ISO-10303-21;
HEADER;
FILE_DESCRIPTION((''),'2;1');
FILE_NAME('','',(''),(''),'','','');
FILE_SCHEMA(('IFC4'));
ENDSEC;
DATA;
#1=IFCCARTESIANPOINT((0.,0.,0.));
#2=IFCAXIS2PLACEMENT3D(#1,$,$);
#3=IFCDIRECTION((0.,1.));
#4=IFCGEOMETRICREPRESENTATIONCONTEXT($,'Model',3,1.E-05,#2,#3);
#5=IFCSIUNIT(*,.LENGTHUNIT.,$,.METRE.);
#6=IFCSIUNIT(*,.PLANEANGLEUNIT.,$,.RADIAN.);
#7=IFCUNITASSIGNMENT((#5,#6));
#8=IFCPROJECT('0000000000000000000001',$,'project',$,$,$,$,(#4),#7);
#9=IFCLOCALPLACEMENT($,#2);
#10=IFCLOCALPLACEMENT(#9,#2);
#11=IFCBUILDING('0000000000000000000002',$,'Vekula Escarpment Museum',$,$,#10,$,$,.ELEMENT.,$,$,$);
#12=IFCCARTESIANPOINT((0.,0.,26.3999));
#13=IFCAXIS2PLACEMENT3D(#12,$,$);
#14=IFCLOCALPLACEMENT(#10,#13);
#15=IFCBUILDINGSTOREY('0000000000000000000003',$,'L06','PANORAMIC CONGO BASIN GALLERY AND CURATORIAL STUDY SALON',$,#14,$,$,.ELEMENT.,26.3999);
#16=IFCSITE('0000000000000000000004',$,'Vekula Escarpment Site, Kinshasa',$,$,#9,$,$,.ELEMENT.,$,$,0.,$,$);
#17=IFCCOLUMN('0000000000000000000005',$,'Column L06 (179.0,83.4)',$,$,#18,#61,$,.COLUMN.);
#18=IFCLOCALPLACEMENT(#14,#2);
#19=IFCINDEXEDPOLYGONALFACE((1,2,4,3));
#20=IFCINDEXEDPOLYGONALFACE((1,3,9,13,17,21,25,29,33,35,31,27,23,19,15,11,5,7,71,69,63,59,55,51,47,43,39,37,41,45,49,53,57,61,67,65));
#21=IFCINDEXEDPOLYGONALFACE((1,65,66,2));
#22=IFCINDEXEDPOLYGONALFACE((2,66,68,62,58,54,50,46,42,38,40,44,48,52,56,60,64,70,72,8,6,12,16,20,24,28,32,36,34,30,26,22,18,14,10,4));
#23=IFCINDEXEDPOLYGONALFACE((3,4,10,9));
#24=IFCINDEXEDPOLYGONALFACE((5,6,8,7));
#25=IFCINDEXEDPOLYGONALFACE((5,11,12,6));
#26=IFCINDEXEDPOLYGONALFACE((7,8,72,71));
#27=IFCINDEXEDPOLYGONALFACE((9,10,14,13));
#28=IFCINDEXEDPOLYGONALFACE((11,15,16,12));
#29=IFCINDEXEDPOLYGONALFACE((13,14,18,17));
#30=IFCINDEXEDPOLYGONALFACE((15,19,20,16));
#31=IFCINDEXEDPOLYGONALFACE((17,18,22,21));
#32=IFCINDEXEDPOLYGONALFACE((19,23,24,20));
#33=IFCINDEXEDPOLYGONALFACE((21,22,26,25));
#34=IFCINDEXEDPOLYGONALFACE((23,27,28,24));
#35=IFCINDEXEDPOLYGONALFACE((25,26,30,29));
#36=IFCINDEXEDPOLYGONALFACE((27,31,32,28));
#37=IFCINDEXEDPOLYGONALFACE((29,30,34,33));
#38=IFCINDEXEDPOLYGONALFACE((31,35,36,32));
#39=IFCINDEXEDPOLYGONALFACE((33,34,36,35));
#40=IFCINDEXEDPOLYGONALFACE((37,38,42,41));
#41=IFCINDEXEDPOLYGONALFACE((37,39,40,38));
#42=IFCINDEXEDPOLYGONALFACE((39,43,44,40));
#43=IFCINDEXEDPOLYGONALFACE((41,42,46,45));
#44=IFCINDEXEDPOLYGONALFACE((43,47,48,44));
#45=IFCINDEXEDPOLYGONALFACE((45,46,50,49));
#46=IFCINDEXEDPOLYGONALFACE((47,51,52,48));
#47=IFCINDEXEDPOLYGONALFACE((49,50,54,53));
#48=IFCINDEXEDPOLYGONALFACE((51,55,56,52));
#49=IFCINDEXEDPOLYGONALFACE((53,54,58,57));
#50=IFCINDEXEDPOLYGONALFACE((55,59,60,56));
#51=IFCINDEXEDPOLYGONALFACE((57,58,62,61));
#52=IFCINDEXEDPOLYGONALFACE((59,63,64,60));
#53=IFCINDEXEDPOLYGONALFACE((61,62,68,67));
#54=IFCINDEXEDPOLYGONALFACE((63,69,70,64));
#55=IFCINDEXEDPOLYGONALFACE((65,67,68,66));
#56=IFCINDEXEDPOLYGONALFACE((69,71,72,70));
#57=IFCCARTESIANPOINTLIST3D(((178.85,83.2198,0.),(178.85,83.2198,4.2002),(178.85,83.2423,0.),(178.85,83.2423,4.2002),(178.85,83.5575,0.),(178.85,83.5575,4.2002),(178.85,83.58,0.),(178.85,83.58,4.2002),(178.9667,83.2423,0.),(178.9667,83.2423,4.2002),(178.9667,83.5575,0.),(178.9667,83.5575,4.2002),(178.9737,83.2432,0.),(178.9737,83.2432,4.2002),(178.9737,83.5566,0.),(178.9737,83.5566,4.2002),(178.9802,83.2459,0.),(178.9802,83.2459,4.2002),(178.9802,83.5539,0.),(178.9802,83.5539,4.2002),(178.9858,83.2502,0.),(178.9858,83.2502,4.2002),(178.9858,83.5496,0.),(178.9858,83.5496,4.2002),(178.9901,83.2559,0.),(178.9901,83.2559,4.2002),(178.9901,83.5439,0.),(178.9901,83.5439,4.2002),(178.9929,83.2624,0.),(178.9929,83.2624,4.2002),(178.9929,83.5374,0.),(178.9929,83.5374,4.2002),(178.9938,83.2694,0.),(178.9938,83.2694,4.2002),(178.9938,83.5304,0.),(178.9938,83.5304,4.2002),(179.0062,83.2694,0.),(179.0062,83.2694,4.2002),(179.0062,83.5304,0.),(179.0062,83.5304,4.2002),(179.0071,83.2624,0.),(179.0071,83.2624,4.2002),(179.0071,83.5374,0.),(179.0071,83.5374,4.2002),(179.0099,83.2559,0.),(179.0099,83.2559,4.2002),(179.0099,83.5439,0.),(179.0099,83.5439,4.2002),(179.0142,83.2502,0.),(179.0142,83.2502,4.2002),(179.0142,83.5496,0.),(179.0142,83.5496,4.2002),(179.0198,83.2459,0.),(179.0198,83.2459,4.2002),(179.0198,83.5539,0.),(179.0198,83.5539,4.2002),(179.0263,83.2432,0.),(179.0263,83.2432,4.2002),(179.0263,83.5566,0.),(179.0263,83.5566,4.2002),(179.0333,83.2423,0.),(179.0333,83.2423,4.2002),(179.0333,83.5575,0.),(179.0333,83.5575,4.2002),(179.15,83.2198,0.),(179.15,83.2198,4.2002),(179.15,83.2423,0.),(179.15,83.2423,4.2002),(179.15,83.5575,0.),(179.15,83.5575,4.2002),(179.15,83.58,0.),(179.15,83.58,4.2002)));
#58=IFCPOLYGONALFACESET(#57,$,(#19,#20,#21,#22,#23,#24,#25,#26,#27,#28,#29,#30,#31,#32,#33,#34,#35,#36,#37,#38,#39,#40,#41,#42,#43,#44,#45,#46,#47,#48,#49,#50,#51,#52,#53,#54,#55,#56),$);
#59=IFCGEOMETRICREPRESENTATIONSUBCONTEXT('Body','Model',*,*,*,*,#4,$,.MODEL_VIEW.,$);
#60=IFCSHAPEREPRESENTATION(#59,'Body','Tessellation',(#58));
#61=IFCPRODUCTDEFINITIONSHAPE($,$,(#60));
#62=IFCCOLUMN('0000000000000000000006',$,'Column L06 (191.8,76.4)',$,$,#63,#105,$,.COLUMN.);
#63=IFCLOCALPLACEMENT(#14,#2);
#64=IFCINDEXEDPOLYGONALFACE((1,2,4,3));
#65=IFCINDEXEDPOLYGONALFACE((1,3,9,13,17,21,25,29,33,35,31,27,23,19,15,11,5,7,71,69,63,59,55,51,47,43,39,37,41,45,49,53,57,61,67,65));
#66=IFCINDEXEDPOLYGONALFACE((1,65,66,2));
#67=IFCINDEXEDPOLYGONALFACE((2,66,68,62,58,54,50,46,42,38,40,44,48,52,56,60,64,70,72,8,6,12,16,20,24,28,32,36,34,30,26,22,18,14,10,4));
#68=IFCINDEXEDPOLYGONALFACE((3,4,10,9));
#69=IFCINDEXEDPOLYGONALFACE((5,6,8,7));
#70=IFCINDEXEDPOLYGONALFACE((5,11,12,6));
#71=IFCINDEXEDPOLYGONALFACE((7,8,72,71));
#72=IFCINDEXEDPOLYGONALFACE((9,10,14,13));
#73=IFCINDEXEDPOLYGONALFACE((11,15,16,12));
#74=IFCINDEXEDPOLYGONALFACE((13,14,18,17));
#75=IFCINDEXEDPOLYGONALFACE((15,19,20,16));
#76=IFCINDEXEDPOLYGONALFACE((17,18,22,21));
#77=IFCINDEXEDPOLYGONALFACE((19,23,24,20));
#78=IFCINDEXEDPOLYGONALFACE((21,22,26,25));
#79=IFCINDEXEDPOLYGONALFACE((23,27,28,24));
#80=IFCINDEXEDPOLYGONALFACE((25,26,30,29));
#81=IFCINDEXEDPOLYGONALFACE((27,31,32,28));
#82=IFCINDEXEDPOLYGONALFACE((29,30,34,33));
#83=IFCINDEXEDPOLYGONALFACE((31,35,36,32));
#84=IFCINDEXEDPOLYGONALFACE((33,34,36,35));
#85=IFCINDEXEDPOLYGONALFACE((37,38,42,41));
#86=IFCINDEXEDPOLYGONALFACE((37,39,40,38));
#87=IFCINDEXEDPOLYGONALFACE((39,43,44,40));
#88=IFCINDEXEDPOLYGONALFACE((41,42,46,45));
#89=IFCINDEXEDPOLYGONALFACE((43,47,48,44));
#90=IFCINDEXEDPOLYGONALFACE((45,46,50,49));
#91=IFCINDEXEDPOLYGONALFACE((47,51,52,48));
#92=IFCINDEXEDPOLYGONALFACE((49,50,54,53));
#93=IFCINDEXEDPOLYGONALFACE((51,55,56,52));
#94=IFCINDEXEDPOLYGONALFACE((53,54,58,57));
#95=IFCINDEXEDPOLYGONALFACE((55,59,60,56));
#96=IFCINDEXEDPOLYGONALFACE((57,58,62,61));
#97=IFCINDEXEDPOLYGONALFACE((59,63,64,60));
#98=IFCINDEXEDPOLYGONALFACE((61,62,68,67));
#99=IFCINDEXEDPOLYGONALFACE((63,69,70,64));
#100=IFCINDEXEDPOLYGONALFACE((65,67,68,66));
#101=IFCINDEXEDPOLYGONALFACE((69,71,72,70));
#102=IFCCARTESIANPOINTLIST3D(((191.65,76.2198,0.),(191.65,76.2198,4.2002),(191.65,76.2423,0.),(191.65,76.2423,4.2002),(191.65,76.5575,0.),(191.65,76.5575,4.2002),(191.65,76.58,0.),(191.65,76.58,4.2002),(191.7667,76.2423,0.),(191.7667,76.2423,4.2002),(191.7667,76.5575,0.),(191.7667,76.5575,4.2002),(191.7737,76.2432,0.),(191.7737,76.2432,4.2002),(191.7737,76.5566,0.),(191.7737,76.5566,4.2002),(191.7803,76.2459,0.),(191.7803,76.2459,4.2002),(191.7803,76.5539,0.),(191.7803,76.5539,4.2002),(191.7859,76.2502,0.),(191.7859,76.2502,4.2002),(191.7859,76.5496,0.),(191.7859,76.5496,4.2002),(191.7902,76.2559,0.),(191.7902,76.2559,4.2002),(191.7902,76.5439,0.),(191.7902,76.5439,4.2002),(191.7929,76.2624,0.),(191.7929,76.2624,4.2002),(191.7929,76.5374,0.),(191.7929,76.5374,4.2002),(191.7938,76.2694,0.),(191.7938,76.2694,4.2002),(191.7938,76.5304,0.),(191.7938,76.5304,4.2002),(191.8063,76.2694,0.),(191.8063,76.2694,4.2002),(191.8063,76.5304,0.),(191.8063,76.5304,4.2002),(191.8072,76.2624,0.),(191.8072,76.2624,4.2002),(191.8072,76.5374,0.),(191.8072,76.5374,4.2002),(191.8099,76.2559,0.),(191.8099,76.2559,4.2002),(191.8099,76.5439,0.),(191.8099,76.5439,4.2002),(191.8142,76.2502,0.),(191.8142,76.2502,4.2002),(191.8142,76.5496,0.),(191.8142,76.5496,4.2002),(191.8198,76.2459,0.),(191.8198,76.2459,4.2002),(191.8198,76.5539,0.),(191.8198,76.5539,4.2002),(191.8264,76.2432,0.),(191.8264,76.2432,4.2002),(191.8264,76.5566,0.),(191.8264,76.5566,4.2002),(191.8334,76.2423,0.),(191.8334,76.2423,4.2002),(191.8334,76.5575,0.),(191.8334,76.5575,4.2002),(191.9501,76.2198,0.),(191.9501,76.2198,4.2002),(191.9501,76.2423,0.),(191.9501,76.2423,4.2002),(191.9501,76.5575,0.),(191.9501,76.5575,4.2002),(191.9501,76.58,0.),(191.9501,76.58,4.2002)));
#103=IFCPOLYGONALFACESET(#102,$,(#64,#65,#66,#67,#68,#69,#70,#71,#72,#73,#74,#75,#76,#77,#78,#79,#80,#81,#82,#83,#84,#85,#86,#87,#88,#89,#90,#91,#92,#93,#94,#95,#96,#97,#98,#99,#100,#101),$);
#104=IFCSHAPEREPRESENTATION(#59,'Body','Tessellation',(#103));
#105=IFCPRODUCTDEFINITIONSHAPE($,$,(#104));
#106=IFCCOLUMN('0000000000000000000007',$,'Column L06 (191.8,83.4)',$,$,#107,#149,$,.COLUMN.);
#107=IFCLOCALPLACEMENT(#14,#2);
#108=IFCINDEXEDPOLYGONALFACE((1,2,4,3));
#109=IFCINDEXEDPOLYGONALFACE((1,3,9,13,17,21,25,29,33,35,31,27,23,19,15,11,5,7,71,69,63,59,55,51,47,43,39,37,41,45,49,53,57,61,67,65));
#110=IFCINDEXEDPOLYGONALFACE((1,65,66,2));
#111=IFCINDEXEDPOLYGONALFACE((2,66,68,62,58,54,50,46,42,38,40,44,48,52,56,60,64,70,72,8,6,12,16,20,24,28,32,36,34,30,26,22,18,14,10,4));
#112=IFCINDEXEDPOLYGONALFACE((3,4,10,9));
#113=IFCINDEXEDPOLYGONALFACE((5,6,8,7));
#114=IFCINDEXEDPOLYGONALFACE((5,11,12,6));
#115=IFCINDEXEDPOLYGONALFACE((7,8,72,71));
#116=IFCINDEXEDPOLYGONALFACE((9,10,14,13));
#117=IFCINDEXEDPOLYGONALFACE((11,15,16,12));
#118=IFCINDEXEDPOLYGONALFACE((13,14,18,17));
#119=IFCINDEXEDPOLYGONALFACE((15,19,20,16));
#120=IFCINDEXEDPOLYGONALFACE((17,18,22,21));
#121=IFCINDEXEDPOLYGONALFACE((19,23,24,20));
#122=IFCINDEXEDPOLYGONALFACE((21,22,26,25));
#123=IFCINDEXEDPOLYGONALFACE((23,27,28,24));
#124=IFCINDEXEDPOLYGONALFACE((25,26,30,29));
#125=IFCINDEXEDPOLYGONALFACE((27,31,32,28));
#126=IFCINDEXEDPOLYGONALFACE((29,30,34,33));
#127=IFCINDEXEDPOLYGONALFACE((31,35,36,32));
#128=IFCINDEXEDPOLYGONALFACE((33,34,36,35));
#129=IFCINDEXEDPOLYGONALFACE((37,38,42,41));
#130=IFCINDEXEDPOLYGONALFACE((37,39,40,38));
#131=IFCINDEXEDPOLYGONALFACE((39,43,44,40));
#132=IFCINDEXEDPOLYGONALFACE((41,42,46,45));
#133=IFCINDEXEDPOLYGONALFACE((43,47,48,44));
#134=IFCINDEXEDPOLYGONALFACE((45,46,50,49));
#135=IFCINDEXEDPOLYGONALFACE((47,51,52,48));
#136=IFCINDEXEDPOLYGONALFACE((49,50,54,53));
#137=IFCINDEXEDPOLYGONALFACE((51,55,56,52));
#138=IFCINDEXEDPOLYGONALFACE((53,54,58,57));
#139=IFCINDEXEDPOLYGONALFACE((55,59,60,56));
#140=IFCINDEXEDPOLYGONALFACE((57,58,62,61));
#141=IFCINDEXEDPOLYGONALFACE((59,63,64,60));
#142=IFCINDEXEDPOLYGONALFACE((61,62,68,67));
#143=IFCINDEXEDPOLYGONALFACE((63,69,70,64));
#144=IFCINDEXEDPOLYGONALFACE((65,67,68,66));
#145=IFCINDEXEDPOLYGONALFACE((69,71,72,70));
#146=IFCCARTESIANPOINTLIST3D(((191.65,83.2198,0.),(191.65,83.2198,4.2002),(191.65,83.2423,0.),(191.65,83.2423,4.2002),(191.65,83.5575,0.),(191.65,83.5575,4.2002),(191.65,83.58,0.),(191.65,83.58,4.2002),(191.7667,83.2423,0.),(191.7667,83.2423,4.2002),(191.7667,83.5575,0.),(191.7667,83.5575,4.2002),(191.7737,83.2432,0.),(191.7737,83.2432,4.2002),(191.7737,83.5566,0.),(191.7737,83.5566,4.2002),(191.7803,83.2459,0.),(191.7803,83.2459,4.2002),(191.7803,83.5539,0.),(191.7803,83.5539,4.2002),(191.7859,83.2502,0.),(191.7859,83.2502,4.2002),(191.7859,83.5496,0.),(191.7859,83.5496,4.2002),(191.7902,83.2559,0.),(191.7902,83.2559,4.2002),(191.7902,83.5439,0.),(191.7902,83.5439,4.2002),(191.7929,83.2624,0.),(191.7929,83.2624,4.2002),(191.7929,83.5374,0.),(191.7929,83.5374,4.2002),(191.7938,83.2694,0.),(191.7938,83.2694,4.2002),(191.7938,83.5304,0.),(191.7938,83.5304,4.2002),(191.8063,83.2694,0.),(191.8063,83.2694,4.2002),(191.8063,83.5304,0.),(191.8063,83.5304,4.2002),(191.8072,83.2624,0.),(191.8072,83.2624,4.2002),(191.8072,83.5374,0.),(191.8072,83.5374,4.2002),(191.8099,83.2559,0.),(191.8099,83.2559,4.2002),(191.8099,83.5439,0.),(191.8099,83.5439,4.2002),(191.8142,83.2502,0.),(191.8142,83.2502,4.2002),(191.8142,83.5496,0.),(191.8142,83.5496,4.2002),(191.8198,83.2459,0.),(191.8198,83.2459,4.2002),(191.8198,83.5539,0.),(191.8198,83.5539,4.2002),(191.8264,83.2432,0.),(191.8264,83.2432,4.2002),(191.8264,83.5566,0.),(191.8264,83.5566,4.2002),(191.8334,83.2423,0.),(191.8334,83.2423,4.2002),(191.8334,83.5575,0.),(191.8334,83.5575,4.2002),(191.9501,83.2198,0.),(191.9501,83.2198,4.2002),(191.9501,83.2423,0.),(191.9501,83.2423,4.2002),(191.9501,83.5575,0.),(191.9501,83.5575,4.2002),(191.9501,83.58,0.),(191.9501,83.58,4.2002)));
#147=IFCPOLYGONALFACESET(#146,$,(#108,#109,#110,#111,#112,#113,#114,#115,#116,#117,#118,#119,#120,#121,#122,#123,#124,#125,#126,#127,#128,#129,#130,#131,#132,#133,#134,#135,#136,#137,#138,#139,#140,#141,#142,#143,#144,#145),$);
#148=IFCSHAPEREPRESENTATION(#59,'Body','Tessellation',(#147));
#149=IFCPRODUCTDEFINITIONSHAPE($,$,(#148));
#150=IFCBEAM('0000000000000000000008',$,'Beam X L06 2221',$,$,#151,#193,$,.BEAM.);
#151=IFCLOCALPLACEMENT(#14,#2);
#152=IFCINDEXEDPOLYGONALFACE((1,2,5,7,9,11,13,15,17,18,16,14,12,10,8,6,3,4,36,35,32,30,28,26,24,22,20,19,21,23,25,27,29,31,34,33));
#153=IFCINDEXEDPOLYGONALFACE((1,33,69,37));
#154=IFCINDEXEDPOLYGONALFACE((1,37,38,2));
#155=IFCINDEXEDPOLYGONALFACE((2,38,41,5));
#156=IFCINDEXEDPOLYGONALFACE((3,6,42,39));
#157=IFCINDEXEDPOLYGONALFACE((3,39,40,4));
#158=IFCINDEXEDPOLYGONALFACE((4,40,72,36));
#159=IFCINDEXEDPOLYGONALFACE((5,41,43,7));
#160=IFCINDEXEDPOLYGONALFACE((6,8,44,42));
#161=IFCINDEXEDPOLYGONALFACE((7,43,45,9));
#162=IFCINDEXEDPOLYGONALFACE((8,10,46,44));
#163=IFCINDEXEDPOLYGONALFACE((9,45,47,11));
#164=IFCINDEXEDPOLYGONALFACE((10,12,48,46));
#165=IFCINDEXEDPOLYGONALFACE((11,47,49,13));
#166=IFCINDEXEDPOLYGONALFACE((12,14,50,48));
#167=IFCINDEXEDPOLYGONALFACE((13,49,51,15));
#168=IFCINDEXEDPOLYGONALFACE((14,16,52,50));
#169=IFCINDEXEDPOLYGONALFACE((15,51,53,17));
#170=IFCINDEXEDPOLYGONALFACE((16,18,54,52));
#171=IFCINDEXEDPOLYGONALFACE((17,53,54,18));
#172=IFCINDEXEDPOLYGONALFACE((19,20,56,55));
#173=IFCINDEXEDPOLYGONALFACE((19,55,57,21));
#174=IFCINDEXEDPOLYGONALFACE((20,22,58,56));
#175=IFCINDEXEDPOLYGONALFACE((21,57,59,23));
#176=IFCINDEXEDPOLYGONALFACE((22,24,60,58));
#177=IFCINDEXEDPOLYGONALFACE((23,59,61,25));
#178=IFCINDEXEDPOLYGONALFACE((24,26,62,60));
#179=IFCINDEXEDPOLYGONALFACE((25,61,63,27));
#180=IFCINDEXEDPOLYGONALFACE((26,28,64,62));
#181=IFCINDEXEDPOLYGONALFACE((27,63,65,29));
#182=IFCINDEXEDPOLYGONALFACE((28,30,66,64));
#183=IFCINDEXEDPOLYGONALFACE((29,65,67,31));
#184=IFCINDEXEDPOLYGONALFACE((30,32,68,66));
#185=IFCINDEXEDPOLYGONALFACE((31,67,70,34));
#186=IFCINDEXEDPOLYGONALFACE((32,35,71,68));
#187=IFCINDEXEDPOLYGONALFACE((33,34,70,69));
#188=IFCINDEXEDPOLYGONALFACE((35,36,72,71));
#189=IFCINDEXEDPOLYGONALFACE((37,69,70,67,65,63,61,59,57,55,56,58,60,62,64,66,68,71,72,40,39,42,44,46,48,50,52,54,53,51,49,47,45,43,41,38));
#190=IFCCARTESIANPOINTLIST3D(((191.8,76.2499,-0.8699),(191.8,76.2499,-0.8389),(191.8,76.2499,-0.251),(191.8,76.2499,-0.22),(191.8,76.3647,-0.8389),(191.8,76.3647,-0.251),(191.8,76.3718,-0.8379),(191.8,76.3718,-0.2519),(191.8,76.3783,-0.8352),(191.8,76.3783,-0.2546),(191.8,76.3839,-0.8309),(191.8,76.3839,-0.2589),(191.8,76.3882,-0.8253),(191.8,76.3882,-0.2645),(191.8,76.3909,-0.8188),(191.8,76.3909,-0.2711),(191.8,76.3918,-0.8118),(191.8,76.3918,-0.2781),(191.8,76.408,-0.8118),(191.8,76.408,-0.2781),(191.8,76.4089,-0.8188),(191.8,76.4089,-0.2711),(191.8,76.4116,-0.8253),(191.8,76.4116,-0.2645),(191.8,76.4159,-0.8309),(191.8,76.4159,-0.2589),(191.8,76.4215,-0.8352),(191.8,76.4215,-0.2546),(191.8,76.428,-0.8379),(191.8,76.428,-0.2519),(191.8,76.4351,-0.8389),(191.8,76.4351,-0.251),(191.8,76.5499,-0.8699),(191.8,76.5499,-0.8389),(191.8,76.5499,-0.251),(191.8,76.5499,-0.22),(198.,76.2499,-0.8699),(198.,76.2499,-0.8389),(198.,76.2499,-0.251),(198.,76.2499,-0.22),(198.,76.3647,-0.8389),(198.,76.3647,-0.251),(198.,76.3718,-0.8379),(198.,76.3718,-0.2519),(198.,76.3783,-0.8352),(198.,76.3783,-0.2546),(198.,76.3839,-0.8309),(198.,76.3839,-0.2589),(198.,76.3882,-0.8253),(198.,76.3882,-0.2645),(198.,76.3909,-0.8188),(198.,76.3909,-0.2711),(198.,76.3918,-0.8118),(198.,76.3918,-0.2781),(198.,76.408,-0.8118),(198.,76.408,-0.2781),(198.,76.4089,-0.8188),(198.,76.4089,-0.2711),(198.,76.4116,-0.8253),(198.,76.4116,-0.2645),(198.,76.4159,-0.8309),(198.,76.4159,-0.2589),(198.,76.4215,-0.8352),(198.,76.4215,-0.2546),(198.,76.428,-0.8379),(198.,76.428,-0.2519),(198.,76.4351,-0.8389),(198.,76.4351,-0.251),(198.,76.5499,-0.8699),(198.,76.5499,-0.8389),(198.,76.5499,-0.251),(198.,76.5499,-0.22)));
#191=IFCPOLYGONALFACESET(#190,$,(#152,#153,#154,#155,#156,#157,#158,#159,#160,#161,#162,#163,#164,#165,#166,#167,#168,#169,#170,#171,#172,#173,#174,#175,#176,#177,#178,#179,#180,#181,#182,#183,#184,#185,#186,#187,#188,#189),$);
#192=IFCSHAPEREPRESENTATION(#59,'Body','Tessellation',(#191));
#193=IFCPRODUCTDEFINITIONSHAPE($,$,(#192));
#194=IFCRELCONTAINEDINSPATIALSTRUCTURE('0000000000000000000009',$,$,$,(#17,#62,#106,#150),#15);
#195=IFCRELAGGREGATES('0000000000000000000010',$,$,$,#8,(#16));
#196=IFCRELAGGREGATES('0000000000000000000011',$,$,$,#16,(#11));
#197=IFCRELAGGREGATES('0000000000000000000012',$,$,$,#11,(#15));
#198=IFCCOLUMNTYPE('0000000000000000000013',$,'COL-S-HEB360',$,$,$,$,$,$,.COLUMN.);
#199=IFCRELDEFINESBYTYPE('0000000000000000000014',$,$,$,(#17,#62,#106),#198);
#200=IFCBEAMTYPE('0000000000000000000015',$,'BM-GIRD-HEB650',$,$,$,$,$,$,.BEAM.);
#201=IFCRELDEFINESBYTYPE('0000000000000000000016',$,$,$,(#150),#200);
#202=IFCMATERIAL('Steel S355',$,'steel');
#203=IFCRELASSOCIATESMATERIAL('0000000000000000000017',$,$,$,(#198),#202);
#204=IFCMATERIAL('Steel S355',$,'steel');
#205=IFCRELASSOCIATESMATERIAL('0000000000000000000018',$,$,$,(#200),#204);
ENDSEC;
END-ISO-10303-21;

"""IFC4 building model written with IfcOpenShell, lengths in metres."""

from ifc_helpers import new_model, si_unit, direction, frame, origin, origin_2d, place, context, subcontext, project, spatial, i_section, extrude, material, material_profile, profile_set, type_object, element, save


model = new_model("IFC4")

# Units and contexts
model_context = context("Model", 3, precision=1e-05, world=origin(), true_north=direction((0.0, 1.0)))
body_context = subcontext(model_context, "Body", "Model", "MODEL_VIEW")
ifc_project = project(units=[si_unit("LENGTHUNIT", "METRE"), si_unit("PLANEANGLEUNIT", "RADIAN")], contexts=[model_context])

# Site, building, storey
site_placement = place(None, origin())
site = spatial("IfcSite", under=ifc_project, at=site_placement, Name="Vekula Escarpment Site, Kinshasa", CompositionType="ELEMENT", RefElevation=0.0)
building_placement = place(site_placement, origin())
building = spatial("IfcBuilding", under=site, at=building_placement, Name="Vekula Escarpment Museum", CompositionType="ELEMENT")
storey_placement = place(building_placement, frame((0.0, 0.0, 26.3999)))
storey = spatial("IfcBuildingStorey", under=building, at=storey_placement, Name="L06", Description="PANORAMIC CONGO BASIN GALLERY AND CURATORIAL STUDY SALON", CompositionType="ELEMENT", Elevation=26.3999)

# Columns
ifc_material_1 = material(Name="Steel S355", Category="steel")
ifc_material_profile_1 = material_profile(ifc_material_1, i_section(OverallWidth=0.3, OverallDepth=0.3601, WebThickness=0.0125, FlangeThickness=0.0225, FilletRadius=0.0271, at=origin_2d()), Name="HEB 360")
ifc_profile_set_1 = profile_set([ifc_material_profile_1], Name="Steel S355")
column_type = type_object("IfcColumnType", Name="COL-S-HEB360", PredefinedType="COLUMN", material=ifc_profile_set_1)
for number, where, z_axis, x_axis, name in (
    (1, (179.0, 83.3999, 0.0), (0.0, 0.0, 1.0), (1.0, 0.0, 0.0), "Column L06 (179.0,83.4)"),
    (2, (191.8, 76.3999, 0.0), (0.0, 0.0, 1.0), (1.0, 0.0, 0.0), "Column L06 (191.8,76.4)"),
    (3, (191.8, 83.3999, 0.0), (0.0, 0.0, 1.0), (1.0, 0.0, 0.0), "Column L06 (191.8,83.4)"),
):
    element("IfcColumn", number, at=place(storey_placement, frame(where, z_axis=z_axis, x_axis=x_axis)), inside=storey, type_object=column_type, Name=name, PredefinedType="COLUMN", context=body_context, shape_type="SweptSolid", body=[
        extrude(i_section(OverallWidth=0.3, OverallDepth=0.3601, WebThickness=0.0125, FlangeThickness=0.0225, FilletRadius=0.0271, at=origin_2d()), origin(), (0.0, 0.0, 1.0), 4.2002),
    ])

# Beam
ifc_material_2 = material(Name="Steel S355", Category="steel")
ifc_material_profile_2 = material_profile(ifc_material_2, i_section(OverallWidth=0.3, OverallDepth=0.6499, WebThickness=0.0161, FlangeThickness=0.031, FilletRadius=0.0271, at=origin_2d()), Name="HEB 650")
ifc_profile_set_2 = profile_set([ifc_material_profile_2], Name="Steel S355")
beam_type_1 = type_object("IfcBeamType", Name="BM-GIRD-HEB650", PredefinedType="BEAM", material=ifc_profile_set_2)
for number, where, z_axis, x_axis, name in (
    (4, (191.8, 76.3999, -0.5449), (1.0, 0.0, 0.0), (0.0, 1.0, 0.0), "Beam X L06 2221"),
):
    element("IfcBeam", number, at=place(storey_placement, frame(where, z_axis=z_axis, x_axis=x_axis)), inside=storey, type_object=beam_type_1, Name=name, PredefinedType="BEAM", context=body_context, shape_type="SweptSolid", body=[
        extrude(i_section(OverallWidth=0.3, OverallDepth=0.6499, WebThickness=0.0161, FlangeThickness=0.031, FilletRadius=0.0271, at=origin_2d()), origin(), (0.0, 0.0, 1.0), 6.2),
    ])

save(model, "model.ifc")
